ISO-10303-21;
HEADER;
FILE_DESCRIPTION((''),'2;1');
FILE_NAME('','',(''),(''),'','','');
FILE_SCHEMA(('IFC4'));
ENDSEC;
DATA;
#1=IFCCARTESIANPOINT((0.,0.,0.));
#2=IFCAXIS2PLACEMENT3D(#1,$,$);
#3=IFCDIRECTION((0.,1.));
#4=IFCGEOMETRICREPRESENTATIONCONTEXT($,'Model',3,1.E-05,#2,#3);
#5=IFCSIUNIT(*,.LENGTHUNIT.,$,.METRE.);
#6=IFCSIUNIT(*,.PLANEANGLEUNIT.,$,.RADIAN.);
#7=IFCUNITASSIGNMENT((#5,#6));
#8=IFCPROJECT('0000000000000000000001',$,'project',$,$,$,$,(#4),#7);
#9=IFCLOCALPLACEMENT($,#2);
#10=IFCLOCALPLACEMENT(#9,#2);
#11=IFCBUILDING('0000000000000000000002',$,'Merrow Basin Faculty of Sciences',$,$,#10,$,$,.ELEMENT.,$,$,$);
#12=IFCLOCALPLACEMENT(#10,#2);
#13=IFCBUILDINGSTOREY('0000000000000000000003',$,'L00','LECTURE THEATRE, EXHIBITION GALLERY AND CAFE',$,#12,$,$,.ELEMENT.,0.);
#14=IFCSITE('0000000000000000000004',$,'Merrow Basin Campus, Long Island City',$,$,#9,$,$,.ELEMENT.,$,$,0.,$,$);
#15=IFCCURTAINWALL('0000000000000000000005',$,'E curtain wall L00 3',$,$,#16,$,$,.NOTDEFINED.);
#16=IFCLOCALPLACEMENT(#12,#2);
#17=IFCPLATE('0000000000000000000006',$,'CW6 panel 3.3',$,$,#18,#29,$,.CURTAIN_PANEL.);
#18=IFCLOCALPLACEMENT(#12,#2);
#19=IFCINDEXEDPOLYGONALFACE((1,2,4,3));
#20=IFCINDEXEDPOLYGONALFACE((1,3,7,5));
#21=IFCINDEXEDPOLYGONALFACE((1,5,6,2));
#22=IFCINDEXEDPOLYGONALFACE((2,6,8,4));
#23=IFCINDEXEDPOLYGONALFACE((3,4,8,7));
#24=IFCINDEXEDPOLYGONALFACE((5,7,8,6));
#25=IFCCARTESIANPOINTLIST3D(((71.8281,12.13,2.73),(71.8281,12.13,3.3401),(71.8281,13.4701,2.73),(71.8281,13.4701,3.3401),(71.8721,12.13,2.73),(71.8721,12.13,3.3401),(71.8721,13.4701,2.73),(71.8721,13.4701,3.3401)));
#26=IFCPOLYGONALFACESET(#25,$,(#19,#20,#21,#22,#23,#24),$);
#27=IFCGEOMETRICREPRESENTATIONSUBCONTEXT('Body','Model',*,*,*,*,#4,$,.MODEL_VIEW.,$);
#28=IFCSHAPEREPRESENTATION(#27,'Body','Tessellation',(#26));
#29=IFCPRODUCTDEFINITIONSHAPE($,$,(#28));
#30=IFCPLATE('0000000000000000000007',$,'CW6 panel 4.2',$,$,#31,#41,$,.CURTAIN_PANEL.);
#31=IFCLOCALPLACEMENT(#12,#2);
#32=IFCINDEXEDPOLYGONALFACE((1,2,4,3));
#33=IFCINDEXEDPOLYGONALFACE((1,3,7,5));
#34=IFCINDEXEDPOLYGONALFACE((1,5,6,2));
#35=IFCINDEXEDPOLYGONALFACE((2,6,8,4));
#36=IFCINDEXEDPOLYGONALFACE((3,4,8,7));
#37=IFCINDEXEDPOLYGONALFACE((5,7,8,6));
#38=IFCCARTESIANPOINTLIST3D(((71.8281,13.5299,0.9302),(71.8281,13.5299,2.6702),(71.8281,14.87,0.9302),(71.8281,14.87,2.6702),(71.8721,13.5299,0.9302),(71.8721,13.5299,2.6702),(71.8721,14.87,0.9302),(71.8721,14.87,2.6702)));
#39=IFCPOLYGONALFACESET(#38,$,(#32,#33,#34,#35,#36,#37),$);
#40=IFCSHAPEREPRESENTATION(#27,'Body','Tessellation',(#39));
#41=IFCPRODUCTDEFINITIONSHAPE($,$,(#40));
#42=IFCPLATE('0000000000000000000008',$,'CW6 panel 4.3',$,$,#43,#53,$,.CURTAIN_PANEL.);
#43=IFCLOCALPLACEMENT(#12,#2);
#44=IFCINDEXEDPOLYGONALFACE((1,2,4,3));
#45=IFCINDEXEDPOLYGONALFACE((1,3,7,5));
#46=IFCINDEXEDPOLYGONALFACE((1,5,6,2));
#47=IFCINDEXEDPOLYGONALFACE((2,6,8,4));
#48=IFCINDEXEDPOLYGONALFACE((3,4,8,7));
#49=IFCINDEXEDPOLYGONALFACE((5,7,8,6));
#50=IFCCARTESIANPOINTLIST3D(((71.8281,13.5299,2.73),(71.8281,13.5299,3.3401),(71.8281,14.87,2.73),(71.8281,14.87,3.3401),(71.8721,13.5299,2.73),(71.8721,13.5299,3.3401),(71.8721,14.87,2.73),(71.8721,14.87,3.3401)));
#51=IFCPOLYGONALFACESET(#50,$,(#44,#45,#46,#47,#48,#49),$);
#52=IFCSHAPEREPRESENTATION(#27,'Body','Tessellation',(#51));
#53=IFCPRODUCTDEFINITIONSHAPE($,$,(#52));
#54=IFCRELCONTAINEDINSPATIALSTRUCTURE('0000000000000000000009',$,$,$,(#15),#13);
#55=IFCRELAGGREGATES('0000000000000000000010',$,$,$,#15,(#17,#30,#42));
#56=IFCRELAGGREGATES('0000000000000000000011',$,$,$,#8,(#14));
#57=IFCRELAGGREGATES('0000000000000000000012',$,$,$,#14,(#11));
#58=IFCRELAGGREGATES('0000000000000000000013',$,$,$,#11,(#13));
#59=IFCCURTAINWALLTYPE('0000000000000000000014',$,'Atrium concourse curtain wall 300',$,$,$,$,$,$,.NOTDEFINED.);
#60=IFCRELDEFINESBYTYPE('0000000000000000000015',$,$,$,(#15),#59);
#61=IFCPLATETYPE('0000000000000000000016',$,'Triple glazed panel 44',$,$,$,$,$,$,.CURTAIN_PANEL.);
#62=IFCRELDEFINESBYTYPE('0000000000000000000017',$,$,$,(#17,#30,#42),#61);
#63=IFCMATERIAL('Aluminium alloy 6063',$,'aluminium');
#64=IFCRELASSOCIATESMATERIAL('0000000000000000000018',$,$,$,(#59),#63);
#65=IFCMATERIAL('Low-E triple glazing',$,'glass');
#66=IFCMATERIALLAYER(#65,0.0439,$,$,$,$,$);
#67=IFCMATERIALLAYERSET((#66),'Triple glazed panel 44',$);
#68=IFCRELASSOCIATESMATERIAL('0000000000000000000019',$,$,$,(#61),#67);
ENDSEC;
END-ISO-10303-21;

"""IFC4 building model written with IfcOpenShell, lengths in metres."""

from ifc_helpers import new_model, si_unit, direction, frame, origin, origin_2d, place, context, subcontext, project, spatial, rectangle, extrude, material, layer, layer_set, type_object, element, aggregate, save


model = new_model("IFC4")

# Units and contexts
model_context = context("Model", 3, precision=1e-05, world=origin(), true_north=direction((0.0, 1.0)))
body_context = subcontext(model_context, "Body", "Model", "MODEL_VIEW")
ifc_project = project(units=[si_unit("LENGTHUNIT", "METRE"), si_unit("PLANEANGLEUNIT", "RADIAN")], contexts=[model_context])

# Site, building, storey
site_placement = place(None, origin())
site = spatial("IfcSite", under=ifc_project, at=site_placement, Name="Merrow Basin Campus, Long Island City", CompositionType="ELEMENT", RefElevation=0.0)
building_placement = place(site_placement, origin())
building = spatial("IfcBuilding", under=site, at=building_placement, Name="Merrow Basin Faculty of Sciences", CompositionType="ELEMENT")
storey_placement = place(building_placement, origin())
storey = spatial("IfcBuildingStorey", under=building, at=storey_placement, Name="L00", Description="LECTURE THEATRE, EXHIBITION GALLERY AND CAFE", CompositionType="ELEMENT", Elevation=0.0)

# Curtain wall, plates
ifc_material_1 = material(Name="Aluminium alloy 6063", Category="aluminium")
curtain_wall_type = type_object("IfcCurtainWallType", Name="Atrium concourse curtain wall 300", PredefinedType="NOTDEFINED", material=ifc_material_1)
curtain_wall_placement = place(storey_placement, origin())
curtain_wall = element("IfcCurtainWall", 1, at=curtain_wall_placement, inside=storey, type_object=curtain_wall_type, Name="E curtain wall L00 3", PredefinedType="NOTDEFINED")
ifc_material_2 = material(Name="Low-E triple glazing", Category="glass")
ifc_layer_1 = layer(ifc_material_2, 0.0439)
ifc_layer_set_1 = layer_set([ifc_layer_1], Name="Triple glazed panel 44")
plate_type_1 = type_object("IfcPlateType", Name="Triple glazed panel 44", PredefinedType="CURTAIN_PANEL", material=ifc_layer_set_1)
plate_1_placement = place(storey_placement, frame((71.8501, 12.8, 2.73), z_axis=(0.0, 0.0, 1.0), x_axis=(0.0, 1.0, 0.0)))
plate_1 = element("IfcPlate", 2, at=plate_1_placement, type_object=plate_type_1, Name="CW6 panel 3.3", PredefinedType="CURTAIN_PANEL", context=body_context, shape_type="SweptSolid", body=[
    extrude(rectangle(XDim=1.3401, YDim=0.0439, at=origin_2d()), origin(), (0.0, 0.0, 1.0), 0.6101),
])
plate_2_placement = place(storey_placement, frame((71.8501, 14.2, 0.9302), z_axis=(0.0, 0.0, 1.0), x_axis=(0.0, 1.0, 0.0)))
plate_2 = element("IfcPlate", 3, at=plate_2_placement, type_object=plate_type_1, Name="CW6 panel 4.2", PredefinedType="CURTAIN_PANEL", context=body_context, shape_type="SweptSolid", body=[
    extrude(rectangle(XDim=1.3401, YDim=0.0439, at=origin_2d()), origin(), (0.0, 0.0, 1.0), 1.74),
])
plate_3_placement = place(storey_placement, frame((71.8501, 14.2, 2.73), z_axis=(0.0, 0.0, 1.0), x_axis=(0.0, 1.0, 0.0)))
plate_3 = element("IfcPlate", 4, at=plate_3_placement, type_object=plate_type_1, Name="CW6 panel 4.3", PredefinedType="CURTAIN_PANEL", context=body_context, shape_type="SweptSolid", body=[
    extrude(rectangle(XDim=1.3401, YDim=0.0439, at=origin_2d()), origin(), (0.0, 0.0, 1.0), 0.6101),
])
aggregate(curtain_wall, [plate_1, plate_2, plate_3])

save(model, "model.ifc")
